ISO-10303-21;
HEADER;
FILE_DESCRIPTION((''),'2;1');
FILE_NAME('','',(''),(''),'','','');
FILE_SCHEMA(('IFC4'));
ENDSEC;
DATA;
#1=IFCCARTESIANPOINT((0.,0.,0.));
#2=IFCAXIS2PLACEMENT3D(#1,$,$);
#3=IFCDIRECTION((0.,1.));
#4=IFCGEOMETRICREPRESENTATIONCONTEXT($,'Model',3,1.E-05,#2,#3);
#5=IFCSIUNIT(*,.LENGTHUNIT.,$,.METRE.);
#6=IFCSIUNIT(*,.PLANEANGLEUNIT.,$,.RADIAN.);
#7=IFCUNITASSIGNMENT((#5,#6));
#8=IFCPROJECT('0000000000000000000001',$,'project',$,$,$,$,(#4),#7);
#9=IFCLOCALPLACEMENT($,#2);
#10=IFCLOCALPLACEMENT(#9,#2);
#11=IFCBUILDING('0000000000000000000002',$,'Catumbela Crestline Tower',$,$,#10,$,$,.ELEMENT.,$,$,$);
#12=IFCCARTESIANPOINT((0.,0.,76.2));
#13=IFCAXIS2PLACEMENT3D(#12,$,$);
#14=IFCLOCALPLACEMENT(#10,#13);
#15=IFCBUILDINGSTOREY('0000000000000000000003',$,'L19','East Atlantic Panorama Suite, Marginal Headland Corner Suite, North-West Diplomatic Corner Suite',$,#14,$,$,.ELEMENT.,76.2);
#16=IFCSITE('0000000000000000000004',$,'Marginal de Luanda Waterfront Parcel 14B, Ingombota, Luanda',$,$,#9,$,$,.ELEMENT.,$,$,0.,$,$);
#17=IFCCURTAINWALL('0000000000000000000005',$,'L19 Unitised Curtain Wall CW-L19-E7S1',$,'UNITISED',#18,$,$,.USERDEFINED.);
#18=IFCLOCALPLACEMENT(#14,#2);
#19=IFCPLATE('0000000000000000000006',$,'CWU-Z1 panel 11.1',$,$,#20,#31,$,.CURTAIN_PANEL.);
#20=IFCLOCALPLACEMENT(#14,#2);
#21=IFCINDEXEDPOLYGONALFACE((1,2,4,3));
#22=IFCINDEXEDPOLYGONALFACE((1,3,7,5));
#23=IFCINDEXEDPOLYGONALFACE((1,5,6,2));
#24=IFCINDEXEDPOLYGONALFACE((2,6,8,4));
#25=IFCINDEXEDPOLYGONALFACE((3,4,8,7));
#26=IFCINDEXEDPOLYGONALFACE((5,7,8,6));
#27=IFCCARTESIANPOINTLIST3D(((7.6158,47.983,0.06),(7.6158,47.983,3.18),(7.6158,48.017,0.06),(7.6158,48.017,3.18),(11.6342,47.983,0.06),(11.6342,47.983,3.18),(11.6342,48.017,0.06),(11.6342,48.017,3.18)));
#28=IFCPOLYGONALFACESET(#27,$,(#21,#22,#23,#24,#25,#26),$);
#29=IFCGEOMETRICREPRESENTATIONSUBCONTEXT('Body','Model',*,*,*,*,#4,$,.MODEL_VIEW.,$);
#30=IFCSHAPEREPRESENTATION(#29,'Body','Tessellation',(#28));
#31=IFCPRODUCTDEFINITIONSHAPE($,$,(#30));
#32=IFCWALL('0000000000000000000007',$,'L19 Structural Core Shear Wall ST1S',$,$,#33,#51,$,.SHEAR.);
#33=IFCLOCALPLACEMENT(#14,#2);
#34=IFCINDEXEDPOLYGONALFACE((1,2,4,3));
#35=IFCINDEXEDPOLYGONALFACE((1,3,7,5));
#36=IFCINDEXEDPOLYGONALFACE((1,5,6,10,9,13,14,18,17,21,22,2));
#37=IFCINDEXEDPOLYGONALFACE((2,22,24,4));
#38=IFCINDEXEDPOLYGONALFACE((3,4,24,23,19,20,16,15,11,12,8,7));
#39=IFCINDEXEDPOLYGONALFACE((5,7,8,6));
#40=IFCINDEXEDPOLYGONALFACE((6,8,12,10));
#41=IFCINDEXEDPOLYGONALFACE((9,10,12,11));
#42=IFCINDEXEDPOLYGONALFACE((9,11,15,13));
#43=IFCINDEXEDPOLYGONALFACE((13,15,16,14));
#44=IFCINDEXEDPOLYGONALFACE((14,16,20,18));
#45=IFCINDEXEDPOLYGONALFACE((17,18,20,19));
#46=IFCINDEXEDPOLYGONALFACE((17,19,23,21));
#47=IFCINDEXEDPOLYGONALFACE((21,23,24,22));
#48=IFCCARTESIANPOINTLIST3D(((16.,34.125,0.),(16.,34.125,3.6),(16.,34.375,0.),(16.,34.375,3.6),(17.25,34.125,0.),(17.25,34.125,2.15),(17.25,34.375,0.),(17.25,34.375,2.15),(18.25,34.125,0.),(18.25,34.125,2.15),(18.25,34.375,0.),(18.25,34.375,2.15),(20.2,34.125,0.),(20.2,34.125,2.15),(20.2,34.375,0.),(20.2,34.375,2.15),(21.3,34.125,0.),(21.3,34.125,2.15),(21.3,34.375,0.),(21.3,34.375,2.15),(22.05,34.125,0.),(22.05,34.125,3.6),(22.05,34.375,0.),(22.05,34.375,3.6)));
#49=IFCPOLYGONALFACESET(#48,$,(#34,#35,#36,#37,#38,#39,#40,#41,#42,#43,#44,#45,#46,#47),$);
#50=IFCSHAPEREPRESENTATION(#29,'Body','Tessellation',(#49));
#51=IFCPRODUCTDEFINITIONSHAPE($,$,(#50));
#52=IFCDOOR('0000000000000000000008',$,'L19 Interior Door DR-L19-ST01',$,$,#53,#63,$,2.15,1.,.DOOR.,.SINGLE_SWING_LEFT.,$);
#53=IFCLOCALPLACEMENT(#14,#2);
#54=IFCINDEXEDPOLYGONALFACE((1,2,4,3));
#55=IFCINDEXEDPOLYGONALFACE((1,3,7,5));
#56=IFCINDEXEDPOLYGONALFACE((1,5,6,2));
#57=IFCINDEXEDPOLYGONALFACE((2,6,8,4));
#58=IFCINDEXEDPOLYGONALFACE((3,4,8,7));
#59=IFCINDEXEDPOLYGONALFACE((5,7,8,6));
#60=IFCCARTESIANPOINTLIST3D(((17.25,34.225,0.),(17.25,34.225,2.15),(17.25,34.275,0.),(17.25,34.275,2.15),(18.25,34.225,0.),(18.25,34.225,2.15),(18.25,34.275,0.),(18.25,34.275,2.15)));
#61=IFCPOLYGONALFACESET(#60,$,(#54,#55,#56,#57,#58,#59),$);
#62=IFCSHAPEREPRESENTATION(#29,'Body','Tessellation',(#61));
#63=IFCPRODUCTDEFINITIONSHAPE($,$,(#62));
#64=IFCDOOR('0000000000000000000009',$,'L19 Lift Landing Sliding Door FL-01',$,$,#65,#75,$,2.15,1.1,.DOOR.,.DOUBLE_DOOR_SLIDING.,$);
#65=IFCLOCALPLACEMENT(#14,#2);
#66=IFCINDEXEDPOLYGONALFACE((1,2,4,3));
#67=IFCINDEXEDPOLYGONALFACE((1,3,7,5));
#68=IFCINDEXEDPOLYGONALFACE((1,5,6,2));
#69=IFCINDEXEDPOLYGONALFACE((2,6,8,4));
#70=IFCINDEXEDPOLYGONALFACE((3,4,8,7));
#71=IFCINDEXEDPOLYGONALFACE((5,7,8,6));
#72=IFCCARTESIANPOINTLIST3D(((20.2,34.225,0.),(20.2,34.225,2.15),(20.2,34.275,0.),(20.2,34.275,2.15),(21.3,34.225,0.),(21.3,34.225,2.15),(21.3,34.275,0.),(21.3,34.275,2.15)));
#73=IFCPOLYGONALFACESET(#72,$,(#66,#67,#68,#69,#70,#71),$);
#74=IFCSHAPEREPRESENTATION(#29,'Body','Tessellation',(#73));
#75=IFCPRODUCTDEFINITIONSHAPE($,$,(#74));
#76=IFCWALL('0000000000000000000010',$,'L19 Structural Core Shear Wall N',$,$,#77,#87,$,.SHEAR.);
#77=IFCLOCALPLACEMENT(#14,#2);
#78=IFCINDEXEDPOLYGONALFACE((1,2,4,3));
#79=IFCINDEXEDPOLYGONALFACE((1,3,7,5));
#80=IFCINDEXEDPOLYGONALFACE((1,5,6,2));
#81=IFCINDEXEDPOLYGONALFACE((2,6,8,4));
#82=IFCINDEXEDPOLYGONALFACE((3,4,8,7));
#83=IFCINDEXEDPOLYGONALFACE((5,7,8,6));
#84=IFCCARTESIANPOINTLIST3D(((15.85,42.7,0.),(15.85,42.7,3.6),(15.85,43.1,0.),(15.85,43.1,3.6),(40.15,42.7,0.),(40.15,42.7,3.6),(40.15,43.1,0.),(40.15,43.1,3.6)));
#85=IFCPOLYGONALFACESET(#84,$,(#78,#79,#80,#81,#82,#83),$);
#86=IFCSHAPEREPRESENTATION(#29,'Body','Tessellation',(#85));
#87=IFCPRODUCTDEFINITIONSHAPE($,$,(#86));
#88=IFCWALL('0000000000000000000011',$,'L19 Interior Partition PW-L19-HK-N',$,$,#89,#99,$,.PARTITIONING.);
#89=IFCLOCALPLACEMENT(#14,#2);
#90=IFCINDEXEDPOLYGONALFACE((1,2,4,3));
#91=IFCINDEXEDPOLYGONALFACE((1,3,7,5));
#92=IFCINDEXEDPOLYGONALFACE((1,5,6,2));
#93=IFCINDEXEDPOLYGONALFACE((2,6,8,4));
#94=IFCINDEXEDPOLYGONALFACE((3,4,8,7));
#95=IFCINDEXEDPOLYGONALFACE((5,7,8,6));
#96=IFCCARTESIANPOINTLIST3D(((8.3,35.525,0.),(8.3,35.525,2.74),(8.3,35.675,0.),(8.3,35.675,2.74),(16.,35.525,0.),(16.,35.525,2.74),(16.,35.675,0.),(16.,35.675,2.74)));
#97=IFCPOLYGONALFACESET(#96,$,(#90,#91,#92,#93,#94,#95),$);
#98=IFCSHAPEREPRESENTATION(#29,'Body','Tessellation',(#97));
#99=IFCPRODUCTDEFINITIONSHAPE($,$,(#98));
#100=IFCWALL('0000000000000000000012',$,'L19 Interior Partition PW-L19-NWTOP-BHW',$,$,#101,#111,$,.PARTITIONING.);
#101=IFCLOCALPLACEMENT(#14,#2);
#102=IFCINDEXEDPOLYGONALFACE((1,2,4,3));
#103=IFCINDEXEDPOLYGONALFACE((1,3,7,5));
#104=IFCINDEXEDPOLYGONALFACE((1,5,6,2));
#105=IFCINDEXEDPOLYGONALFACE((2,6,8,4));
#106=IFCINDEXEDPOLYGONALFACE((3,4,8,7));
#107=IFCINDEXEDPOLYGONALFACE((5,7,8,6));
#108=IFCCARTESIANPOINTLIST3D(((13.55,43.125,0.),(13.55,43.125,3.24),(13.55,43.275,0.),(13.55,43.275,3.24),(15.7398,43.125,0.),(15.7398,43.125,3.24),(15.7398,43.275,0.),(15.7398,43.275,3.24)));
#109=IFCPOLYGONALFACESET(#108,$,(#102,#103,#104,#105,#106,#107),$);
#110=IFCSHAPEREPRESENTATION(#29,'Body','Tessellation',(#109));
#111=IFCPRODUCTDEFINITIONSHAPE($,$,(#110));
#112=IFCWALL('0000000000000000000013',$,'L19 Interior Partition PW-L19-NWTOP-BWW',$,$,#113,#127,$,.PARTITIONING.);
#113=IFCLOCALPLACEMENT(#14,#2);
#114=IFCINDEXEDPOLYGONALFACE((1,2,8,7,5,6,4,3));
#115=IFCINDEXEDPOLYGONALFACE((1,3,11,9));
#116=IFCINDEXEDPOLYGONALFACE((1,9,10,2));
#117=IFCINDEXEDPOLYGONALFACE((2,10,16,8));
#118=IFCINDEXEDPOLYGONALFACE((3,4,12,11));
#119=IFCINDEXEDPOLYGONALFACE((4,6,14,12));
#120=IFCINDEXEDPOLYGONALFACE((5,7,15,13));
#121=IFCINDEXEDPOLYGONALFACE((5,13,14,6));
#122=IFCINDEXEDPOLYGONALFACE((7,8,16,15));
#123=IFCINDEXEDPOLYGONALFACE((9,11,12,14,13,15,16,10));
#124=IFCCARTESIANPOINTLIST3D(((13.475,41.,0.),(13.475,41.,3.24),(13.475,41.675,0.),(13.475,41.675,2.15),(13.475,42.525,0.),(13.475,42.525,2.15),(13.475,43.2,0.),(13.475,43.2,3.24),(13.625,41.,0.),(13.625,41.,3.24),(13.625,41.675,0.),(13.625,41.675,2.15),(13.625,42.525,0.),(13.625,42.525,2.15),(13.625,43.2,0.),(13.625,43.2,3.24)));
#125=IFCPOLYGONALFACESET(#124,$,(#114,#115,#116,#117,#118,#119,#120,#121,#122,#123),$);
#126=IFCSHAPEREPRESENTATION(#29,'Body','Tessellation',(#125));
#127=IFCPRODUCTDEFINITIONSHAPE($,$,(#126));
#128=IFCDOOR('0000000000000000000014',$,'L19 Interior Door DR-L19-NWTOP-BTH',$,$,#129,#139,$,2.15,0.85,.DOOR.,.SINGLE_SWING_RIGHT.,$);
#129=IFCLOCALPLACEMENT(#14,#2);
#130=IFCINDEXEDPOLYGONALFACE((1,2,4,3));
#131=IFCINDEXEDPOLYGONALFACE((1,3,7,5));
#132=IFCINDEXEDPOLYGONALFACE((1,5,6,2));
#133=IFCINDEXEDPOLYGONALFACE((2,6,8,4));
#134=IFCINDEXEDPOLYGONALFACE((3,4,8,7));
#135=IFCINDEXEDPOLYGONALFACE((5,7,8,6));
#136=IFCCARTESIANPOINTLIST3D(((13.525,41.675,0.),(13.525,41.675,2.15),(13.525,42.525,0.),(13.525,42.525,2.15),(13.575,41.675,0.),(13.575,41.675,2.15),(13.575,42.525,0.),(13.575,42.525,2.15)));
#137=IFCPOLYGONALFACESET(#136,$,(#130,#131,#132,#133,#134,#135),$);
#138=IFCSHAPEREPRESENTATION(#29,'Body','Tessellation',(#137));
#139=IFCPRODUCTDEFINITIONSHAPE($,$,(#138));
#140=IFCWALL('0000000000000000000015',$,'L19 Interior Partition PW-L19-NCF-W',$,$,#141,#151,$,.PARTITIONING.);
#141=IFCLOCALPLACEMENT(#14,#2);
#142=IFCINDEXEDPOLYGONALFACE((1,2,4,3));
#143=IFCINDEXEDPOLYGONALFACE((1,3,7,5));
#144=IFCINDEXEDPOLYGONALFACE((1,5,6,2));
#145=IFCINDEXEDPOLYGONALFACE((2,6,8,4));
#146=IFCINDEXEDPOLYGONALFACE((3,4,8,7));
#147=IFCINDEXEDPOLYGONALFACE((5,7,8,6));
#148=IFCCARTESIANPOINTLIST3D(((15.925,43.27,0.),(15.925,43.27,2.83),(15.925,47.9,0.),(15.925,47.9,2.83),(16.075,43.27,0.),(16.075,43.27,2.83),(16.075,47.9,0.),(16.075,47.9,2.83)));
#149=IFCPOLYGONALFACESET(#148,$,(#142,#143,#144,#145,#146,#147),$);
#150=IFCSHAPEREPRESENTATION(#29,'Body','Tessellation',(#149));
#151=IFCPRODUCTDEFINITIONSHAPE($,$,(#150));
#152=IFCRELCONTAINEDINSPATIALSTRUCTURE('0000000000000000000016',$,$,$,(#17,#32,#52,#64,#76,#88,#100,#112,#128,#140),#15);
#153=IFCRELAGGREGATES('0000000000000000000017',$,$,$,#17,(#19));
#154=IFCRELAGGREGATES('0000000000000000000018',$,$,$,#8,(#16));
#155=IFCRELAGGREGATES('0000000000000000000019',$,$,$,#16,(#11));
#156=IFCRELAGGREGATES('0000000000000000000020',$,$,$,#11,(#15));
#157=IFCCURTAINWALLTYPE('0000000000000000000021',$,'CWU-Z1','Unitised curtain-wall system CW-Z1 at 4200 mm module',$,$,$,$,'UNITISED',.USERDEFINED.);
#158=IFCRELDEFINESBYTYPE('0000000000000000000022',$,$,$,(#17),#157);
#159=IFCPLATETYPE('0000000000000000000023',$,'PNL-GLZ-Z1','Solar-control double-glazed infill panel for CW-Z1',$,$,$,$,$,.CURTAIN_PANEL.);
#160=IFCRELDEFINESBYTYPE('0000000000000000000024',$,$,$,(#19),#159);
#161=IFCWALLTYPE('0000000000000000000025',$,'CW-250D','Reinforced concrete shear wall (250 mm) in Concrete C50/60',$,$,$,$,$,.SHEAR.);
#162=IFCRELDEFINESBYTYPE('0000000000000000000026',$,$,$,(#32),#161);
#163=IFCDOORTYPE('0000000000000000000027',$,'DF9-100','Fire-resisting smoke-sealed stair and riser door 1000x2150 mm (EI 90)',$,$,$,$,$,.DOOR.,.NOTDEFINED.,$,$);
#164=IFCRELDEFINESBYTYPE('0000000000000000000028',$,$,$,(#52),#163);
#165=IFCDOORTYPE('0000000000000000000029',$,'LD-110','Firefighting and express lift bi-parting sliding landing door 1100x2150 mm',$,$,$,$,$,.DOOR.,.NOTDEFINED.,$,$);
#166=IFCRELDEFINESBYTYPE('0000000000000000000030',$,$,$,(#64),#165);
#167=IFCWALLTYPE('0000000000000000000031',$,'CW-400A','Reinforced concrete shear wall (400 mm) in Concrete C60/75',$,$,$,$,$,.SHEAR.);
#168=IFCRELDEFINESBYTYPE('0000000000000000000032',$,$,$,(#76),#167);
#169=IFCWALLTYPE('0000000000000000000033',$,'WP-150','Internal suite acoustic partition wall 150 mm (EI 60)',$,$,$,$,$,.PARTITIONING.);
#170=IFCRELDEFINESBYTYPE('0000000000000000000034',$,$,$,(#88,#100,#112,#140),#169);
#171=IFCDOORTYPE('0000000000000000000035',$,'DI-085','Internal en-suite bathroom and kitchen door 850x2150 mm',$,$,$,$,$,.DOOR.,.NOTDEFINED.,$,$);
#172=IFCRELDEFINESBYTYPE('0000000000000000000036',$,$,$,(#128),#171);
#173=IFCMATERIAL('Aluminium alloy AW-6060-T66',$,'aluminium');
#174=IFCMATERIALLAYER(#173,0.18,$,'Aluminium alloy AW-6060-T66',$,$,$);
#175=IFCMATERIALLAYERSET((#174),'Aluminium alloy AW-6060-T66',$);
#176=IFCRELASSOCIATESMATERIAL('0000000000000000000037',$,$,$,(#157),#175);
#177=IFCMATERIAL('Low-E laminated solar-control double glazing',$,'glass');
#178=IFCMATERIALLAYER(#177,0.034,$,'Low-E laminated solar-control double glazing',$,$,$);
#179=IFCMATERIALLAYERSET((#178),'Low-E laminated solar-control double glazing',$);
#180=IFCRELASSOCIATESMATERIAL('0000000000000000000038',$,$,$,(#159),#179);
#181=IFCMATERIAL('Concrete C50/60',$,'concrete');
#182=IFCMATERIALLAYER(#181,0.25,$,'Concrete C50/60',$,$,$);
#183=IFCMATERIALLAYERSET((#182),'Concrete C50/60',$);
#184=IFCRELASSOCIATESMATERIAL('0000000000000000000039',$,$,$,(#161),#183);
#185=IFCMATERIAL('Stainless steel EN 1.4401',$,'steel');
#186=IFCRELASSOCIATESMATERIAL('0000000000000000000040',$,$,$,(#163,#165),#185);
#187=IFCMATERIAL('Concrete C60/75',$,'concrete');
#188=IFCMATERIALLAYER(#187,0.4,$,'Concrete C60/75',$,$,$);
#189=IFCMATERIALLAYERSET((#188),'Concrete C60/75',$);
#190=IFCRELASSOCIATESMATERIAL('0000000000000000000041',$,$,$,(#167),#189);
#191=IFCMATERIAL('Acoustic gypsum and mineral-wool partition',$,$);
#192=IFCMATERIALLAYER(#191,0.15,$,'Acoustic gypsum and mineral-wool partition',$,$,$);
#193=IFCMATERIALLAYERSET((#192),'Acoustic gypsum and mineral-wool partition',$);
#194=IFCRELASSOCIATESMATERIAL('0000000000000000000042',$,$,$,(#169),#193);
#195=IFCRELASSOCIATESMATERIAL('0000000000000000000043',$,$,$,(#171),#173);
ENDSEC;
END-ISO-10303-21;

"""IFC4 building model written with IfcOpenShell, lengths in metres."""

from ifc_helpers import new_model, si_unit, direction, frame, frame_2d, origin, origin_2d, place, context, subcontext, project, spatial, rectangle, extrude, material, layer, layer_set, type_object, element, fill, aggregate, save


model = new_model("IFC4")

# Units and contexts
model_context = context("Model", 3, precision=1e-05, world=origin(), true_north=direction((0.0, 1.0)))
body_context = subcontext(model_context, "Body", "Model", "MODEL_VIEW")
ifc_project = project(units=[si_unit("LENGTHUNIT", "METRE"), si_unit("PLANEANGLEUNIT", "RADIAN")], contexts=[model_context])

# Site, building, storey
site_placement = place(None, origin())
site = spatial("IfcSite", under=ifc_project, at=site_placement, Name="Marginal de Luanda Waterfront Parcel 14B, Ingombota, Luanda", CompositionType="ELEMENT", RefElevation=0.0)
building_placement = place(site_placement, origin())
building = spatial("IfcBuilding", under=site, at=building_placement, Name="Catumbela Crestline Tower", CompositionType="ELEMENT")
storey_placement = place(building_placement, frame((0.0, 0.0, 76.2)))
storey = spatial("IfcBuildingStorey", under=building, at=storey_placement, Name="L19", Description="East Atlantic Panorama Suite, Marginal Headland Corner Suite, North-West Diplomatic Corner Suite", CompositionType="ELEMENT", Elevation=76.2)

# Curtain wall
ifc_material_1 = material(Name="Aluminium alloy AW-6060-T66", Category="aluminium")
ifc_layer_1 = layer(ifc_material_1, 0.18, Name="Aluminium alloy AW-6060-T66")
ifc_layer_set_1 = layer_set([ifc_layer_1], Name="Aluminium alloy AW-6060-T66")
curtain_wall_type = type_object("IfcCurtainWallType", Name="CWU-Z1", Description="Unitised curtain-wall system CW-Z1 at 4200 mm module", ElementType="UNITISED", PredefinedType="USERDEFINED", material=ifc_layer_set_1)
curtain_wall_placement = place(storey_placement, origin())
curtain_wall = element("IfcCurtainWall", 1, at=curtain_wall_placement, inside=storey, type_object=curtain_wall_type, Name="L19 Unitised Curtain Wall CW-L19-E7S1", ObjectType="UNITISED", PredefinedType="USERDEFINED")

# Plate
ifc_material_2 = material(Name="Low-E laminated solar-control double glazing", Category="glass")
ifc_layer_2 = layer(ifc_material_2, 0.034, Name="Low-E laminated solar-control double glazing")
ifc_layer_set_2 = layer_set([ifc_layer_2], Name="Low-E laminated solar-control double glazing")
plate_type = type_object("IfcPlateType", Name="PNL-GLZ-Z1", Description="Solar-control double-glazed infill panel for CW-Z1", PredefinedType="CURTAIN_PANEL", material=ifc_layer_set_2)
plate_1_placement = place(storey_placement, frame((9.625, 48.0, 0.06), z_axis=(0.0, 0.0, 1.0), x_axis=(-1.0, 0.0, 0.0)))
plate_1 = element("IfcPlate", 2, at=plate_1_placement, type_object=plate_type, Name="CWU-Z1 panel 11.1", PredefinedType="CURTAIN_PANEL", context=body_context, shape_type="SweptSolid", body=[
    extrude(rectangle(XDim=4.0183, YDim=0.034, at=origin_2d()), origin(), (0.0, 0.0, 1.0), 3.12),
])
aggregate(curtain_wall, [plate_1])

# Wall, openings, doors
ifc_material_3 = material(Name="Concrete C50/60", Category="concrete")
ifc_layer_3 = layer(ifc_material_3, 0.25, Name="Concrete C50/60")
ifc_layer_set_3 = layer_set([ifc_layer_3], Name="Concrete C50/60")
wall_type_1 = type_object("IfcWallType", Name="CW-250D", Description="Reinforced concrete shear wall (250 mm) in Concrete C50/60", PredefinedType="SHEAR", material=ifc_layer_set_3)
wall_1_placement = place(storey_placement, frame((16.0, 34.25, 0.0), z_axis=(0.0, 0.0, 1.0), x_axis=(1.0, 0.0, 0.0)))
wall_1 = element("IfcWall", 3, at=wall_1_placement, inside=storey, type_object=wall_type_1, Name="L19 Structural Core Shear Wall ST1S", PredefinedType="SHEAR", context=body_context, shape_type="SweptSolid", body=[
    extrude(rectangle(XDim=6.05, YDim=0.25, at=frame_2d((3.025, 0.0))), origin(), (0.0, 0.0, 1.0), 3.6),
])
opening_1_placement = place(wall_1_placement, frame((1.25, 0.0, 0.0)))
opening_1 = element("IfcOpeningElement", 4, at=opening_1_placement, cuts=wall_1, PredefinedType="OPENING", context=body_context, shape_type="SweptSolid", body=[
    extrude(rectangle(XDim=1.0, YDim=2.15, at=frame_2d((0.5, 1.075))), frame((0.0, 0.135, 0.0), z_axis=(0.0, -1.0, 0.0), x_axis=(1.0, 0.0, 0.0)), (0.0, 0.0, 1.0), 0.27),
])
opening_2_placement = place(wall_1_placement, frame((4.2, 0.0, 0.0)))
opening_2 = element("IfcOpeningElement", 5, at=opening_2_placement, cuts=wall_1, PredefinedType="OPENING", context=body_context, shape_type="SweptSolid", body=[
    extrude(rectangle(XDim=1.1, YDim=2.15, at=frame_2d((0.55, 1.075))), frame((0.0, 0.135, 0.0), z_axis=(0.0, -1.0, 0.0), x_axis=(1.0, 0.0, 0.0)), (0.0, 0.0, 1.0), 0.27),
])
ifc_material_4 = material(Name="Stainless steel EN 1.4401", Category="steel")
door_type_1 = type_object("IfcDoorType", Name="DF9-100", Description="Fire-resisting smoke-sealed stair and riser door 1000x2150 mm (EI 90)", OperationType="NOTDEFINED", PredefinedType="DOOR", material=ifc_material_4)
door_1_placement = place(opening_1_placement, origin())
door_1 = element("IfcDoor", 6, at=door_1_placement, inside=storey, type_object=door_type_1, Name="L19 Interior Door DR-L19-ST01", OperationType="SINGLE_SWING_LEFT", OverallHeight=2.15, OverallWidth=1.0, PredefinedType="DOOR", context=body_context, shape_type="SweptSolid", body=[
    extrude(rectangle(XDim=1.0, YDim=2.15, at=frame_2d((0.5, 1.075))), frame((0.0, 0.025, 0.0), z_axis=(0.0, -1.0, 0.0), x_axis=(1.0, 0.0, 0.0)), (0.0, 0.0, 1.0), 0.05),
])
fill(opening_1, door_1)
door_type_2 = type_object("IfcDoorType", Name="LD-110", Description="Firefighting and express lift bi-parting sliding landing door 1100x2150 mm", OperationType="NOTDEFINED", PredefinedType="DOOR", material=ifc_material_4)
door_2_placement = place(opening_2_placement, origin())
door_2 = element("IfcDoor", 7, at=door_2_placement, inside=storey, type_object=door_type_2, Name="L19 Lift Landing Sliding Door FL-01", OperationType="DOUBLE_DOOR_SLIDING", OverallHeight=2.15, OverallWidth=1.1, PredefinedType="DOOR", context=body_context, shape_type="SweptSolid", body=[
    extrude(rectangle(XDim=1.1, YDim=2.15, at=frame_2d((0.55, 1.075))), frame((0.0, 0.025, 0.0), z_axis=(0.0, -1.0, 0.0), x_axis=(1.0, 0.0, 0.0)), (0.0, 0.0, 1.0), 0.05),
])
fill(opening_2, door_2)

# Walls
ifc_material_5 = material(Name="Concrete C60/75", Category="concrete")
ifc_layer_4 = layer(ifc_material_5, 0.4, Name="Concrete C60/75")
ifc_layer_set_4 = layer_set([ifc_layer_4], Name="Concrete C60/75")
wall_type_2 = type_object("IfcWallType", Name="CW-400A", Description="Reinforced concrete shear wall (400 mm) in Concrete C60/75", PredefinedType="SHEAR", material=ifc_layer_set_4)
wall_2_placement = place(storey_placement, frame((15.85, 42.9, 0.0), z_axis=(0.0, 0.0, 1.0), x_axis=(1.0, 0.0, 0.0)))
element("IfcWall", 8, at=wall_2_placement, inside=storey, type_object=wall_type_2, Name="L19 Structural Core Shear Wall N", PredefinedType="SHEAR", context=body_context, shape_type="SweptSolid", body=[
    extrude(rectangle(XDim=24.3, YDim=0.4, at=frame_2d((12.15, 0.0))), origin(), (0.0, 0.0, 1.0), 3.6),
])
ifc_material_6 = material(Name="Acoustic gypsum and mineral-wool partition")
ifc_layer_5 = layer(ifc_material_6, 0.15, Name="Acoustic gypsum and mineral-wool partition")
ifc_layer_set_5 = layer_set([ifc_layer_5], Name="Acoustic gypsum and mineral-wool partition")
wall_type_3 = type_object("IfcWallType", Name="WP-150", Description="Internal suite acoustic partition wall 150 mm (EI 60)", PredefinedType="PARTITIONING", material=ifc_layer_set_5)
wall_3_placement = place(storey_placement, frame((8.3, 35.6, 0.0), z_axis=(0.0, 0.0, 1.0), x_axis=(1.0, 0.0, 0.0)))
element("IfcWall", 9, at=wall_3_placement, inside=storey, type_object=wall_type_3, Name="L19 Interior Partition PW-L19-HK-N", PredefinedType="PARTITIONING", context=body_context, shape_type="SweptSolid", body=[
    extrude(rectangle(XDim=7.7, YDim=0.15, at=frame_2d((3.85, 0.0))), origin(), (0.0, 0.0, 1.0), 2.74),
])
wall_4_placement = place(storey_placement, frame((13.55, 43.2, 0.0), z_axis=(0.0, 0.0, 1.0), x_axis=(1.0, 0.0, 0.0)))
element("IfcWall", 10, at=wall_4_placement, inside=storey, type_object=wall_type_3, Name="L19 Interior Partition PW-L19-NWTOP-BHW", PredefinedType="PARTITIONING", context=body_context, shape_type="SweptSolid", body=[
    extrude(rectangle(XDim=2.1897, YDim=0.15, at=frame_2d((1.0949, 0.0))), origin(), (0.0, 0.0, 1.0), 3.24),
])

# Wall, opening, door
wall_5_placement = place(storey_placement, frame((13.55, 41.0, 0.0), z_axis=(0.0, 0.0, 1.0), x_axis=(0.0, 1.0, 0.0)))
wall_5 = element("IfcWall", 11, at=wall_5_placement, inside=storey, type_object=wall_type_3, Name="L19 Interior Partition PW-L19-NWTOP-BWW", PredefinedType="PARTITIONING", context=body_context, shape_type="SweptSolid", body=[
    extrude(rectangle(XDim=2.2, YDim=0.15, at=frame_2d((1.1, 0.0))), origin(), (0.0, 0.0, 1.0), 3.24),
])
opening_3_placement = place(wall_5_placement, frame((0.675, 0.0, 0.0)))
opening_3 = element("IfcOpeningElement", 12, at=opening_3_placement, cuts=wall_5, PredefinedType="OPENING", context=body_context, shape_type="SweptSolid", body=[
    extrude(rectangle(XDim=0.85, YDim=2.15, at=frame_2d((0.425, 1.075))), frame((0.0, 0.085, 0.0), z_axis=(0.0, -1.0, 0.0), x_axis=(1.0, 0.0, 0.0)), (0.0, 0.0, 1.0), 0.17),
])
door_type_3 = type_object("IfcDoorType", Name="DI-085", Description="Internal en-suite bathroom and kitchen door 850x2150 mm", OperationType="NOTDEFINED", PredefinedType="DOOR", material=ifc_material_1)
door_3_placement = place(opening_3_placement, origin())
door_3 = element("IfcDoor", 13, at=door_3_placement, inside=storey, type_object=door_type_3, Name="L19 Interior Door DR-L19-NWTOP-BTH", OperationType="SINGLE_SWING_RIGHT", OverallHeight=2.15, OverallWidth=0.85, PredefinedType="DOOR", context=body_context, shape_type="SweptSolid", body=[
    extrude(rectangle(XDim=0.85, YDim=2.15, at=frame_2d((0.425, 1.075))), frame((0.0, 0.025, 0.0), z_axis=(0.0, -1.0, 0.0), x_axis=(1.0, 0.0, 0.0)), (0.0, 0.0, 1.0), 0.05),
])
fill(opening_3, door_3)

# Wall
wall_6_placement = place(storey_placement, frame((16.0, 43.27, 0.0), z_axis=(0.0, 0.0, 1.0), x_axis=(0.0, 1.0, 0.0)))
element("IfcWall", 14, at=wall_6_placement, inside=storey, type_object=wall_type_3, Name="L19 Interior Partition PW-L19-NCF-W", PredefinedType="PARTITIONING", context=body_context, shape_type="SweptSolid", body=[
    extrude(rectangle(XDim=4.63, YDim=0.15, at=frame_2d((2.315, 0.0))), origin(), (0.0, 0.0, 1.0), 2.83),
])

save(model, "model.ifc")
